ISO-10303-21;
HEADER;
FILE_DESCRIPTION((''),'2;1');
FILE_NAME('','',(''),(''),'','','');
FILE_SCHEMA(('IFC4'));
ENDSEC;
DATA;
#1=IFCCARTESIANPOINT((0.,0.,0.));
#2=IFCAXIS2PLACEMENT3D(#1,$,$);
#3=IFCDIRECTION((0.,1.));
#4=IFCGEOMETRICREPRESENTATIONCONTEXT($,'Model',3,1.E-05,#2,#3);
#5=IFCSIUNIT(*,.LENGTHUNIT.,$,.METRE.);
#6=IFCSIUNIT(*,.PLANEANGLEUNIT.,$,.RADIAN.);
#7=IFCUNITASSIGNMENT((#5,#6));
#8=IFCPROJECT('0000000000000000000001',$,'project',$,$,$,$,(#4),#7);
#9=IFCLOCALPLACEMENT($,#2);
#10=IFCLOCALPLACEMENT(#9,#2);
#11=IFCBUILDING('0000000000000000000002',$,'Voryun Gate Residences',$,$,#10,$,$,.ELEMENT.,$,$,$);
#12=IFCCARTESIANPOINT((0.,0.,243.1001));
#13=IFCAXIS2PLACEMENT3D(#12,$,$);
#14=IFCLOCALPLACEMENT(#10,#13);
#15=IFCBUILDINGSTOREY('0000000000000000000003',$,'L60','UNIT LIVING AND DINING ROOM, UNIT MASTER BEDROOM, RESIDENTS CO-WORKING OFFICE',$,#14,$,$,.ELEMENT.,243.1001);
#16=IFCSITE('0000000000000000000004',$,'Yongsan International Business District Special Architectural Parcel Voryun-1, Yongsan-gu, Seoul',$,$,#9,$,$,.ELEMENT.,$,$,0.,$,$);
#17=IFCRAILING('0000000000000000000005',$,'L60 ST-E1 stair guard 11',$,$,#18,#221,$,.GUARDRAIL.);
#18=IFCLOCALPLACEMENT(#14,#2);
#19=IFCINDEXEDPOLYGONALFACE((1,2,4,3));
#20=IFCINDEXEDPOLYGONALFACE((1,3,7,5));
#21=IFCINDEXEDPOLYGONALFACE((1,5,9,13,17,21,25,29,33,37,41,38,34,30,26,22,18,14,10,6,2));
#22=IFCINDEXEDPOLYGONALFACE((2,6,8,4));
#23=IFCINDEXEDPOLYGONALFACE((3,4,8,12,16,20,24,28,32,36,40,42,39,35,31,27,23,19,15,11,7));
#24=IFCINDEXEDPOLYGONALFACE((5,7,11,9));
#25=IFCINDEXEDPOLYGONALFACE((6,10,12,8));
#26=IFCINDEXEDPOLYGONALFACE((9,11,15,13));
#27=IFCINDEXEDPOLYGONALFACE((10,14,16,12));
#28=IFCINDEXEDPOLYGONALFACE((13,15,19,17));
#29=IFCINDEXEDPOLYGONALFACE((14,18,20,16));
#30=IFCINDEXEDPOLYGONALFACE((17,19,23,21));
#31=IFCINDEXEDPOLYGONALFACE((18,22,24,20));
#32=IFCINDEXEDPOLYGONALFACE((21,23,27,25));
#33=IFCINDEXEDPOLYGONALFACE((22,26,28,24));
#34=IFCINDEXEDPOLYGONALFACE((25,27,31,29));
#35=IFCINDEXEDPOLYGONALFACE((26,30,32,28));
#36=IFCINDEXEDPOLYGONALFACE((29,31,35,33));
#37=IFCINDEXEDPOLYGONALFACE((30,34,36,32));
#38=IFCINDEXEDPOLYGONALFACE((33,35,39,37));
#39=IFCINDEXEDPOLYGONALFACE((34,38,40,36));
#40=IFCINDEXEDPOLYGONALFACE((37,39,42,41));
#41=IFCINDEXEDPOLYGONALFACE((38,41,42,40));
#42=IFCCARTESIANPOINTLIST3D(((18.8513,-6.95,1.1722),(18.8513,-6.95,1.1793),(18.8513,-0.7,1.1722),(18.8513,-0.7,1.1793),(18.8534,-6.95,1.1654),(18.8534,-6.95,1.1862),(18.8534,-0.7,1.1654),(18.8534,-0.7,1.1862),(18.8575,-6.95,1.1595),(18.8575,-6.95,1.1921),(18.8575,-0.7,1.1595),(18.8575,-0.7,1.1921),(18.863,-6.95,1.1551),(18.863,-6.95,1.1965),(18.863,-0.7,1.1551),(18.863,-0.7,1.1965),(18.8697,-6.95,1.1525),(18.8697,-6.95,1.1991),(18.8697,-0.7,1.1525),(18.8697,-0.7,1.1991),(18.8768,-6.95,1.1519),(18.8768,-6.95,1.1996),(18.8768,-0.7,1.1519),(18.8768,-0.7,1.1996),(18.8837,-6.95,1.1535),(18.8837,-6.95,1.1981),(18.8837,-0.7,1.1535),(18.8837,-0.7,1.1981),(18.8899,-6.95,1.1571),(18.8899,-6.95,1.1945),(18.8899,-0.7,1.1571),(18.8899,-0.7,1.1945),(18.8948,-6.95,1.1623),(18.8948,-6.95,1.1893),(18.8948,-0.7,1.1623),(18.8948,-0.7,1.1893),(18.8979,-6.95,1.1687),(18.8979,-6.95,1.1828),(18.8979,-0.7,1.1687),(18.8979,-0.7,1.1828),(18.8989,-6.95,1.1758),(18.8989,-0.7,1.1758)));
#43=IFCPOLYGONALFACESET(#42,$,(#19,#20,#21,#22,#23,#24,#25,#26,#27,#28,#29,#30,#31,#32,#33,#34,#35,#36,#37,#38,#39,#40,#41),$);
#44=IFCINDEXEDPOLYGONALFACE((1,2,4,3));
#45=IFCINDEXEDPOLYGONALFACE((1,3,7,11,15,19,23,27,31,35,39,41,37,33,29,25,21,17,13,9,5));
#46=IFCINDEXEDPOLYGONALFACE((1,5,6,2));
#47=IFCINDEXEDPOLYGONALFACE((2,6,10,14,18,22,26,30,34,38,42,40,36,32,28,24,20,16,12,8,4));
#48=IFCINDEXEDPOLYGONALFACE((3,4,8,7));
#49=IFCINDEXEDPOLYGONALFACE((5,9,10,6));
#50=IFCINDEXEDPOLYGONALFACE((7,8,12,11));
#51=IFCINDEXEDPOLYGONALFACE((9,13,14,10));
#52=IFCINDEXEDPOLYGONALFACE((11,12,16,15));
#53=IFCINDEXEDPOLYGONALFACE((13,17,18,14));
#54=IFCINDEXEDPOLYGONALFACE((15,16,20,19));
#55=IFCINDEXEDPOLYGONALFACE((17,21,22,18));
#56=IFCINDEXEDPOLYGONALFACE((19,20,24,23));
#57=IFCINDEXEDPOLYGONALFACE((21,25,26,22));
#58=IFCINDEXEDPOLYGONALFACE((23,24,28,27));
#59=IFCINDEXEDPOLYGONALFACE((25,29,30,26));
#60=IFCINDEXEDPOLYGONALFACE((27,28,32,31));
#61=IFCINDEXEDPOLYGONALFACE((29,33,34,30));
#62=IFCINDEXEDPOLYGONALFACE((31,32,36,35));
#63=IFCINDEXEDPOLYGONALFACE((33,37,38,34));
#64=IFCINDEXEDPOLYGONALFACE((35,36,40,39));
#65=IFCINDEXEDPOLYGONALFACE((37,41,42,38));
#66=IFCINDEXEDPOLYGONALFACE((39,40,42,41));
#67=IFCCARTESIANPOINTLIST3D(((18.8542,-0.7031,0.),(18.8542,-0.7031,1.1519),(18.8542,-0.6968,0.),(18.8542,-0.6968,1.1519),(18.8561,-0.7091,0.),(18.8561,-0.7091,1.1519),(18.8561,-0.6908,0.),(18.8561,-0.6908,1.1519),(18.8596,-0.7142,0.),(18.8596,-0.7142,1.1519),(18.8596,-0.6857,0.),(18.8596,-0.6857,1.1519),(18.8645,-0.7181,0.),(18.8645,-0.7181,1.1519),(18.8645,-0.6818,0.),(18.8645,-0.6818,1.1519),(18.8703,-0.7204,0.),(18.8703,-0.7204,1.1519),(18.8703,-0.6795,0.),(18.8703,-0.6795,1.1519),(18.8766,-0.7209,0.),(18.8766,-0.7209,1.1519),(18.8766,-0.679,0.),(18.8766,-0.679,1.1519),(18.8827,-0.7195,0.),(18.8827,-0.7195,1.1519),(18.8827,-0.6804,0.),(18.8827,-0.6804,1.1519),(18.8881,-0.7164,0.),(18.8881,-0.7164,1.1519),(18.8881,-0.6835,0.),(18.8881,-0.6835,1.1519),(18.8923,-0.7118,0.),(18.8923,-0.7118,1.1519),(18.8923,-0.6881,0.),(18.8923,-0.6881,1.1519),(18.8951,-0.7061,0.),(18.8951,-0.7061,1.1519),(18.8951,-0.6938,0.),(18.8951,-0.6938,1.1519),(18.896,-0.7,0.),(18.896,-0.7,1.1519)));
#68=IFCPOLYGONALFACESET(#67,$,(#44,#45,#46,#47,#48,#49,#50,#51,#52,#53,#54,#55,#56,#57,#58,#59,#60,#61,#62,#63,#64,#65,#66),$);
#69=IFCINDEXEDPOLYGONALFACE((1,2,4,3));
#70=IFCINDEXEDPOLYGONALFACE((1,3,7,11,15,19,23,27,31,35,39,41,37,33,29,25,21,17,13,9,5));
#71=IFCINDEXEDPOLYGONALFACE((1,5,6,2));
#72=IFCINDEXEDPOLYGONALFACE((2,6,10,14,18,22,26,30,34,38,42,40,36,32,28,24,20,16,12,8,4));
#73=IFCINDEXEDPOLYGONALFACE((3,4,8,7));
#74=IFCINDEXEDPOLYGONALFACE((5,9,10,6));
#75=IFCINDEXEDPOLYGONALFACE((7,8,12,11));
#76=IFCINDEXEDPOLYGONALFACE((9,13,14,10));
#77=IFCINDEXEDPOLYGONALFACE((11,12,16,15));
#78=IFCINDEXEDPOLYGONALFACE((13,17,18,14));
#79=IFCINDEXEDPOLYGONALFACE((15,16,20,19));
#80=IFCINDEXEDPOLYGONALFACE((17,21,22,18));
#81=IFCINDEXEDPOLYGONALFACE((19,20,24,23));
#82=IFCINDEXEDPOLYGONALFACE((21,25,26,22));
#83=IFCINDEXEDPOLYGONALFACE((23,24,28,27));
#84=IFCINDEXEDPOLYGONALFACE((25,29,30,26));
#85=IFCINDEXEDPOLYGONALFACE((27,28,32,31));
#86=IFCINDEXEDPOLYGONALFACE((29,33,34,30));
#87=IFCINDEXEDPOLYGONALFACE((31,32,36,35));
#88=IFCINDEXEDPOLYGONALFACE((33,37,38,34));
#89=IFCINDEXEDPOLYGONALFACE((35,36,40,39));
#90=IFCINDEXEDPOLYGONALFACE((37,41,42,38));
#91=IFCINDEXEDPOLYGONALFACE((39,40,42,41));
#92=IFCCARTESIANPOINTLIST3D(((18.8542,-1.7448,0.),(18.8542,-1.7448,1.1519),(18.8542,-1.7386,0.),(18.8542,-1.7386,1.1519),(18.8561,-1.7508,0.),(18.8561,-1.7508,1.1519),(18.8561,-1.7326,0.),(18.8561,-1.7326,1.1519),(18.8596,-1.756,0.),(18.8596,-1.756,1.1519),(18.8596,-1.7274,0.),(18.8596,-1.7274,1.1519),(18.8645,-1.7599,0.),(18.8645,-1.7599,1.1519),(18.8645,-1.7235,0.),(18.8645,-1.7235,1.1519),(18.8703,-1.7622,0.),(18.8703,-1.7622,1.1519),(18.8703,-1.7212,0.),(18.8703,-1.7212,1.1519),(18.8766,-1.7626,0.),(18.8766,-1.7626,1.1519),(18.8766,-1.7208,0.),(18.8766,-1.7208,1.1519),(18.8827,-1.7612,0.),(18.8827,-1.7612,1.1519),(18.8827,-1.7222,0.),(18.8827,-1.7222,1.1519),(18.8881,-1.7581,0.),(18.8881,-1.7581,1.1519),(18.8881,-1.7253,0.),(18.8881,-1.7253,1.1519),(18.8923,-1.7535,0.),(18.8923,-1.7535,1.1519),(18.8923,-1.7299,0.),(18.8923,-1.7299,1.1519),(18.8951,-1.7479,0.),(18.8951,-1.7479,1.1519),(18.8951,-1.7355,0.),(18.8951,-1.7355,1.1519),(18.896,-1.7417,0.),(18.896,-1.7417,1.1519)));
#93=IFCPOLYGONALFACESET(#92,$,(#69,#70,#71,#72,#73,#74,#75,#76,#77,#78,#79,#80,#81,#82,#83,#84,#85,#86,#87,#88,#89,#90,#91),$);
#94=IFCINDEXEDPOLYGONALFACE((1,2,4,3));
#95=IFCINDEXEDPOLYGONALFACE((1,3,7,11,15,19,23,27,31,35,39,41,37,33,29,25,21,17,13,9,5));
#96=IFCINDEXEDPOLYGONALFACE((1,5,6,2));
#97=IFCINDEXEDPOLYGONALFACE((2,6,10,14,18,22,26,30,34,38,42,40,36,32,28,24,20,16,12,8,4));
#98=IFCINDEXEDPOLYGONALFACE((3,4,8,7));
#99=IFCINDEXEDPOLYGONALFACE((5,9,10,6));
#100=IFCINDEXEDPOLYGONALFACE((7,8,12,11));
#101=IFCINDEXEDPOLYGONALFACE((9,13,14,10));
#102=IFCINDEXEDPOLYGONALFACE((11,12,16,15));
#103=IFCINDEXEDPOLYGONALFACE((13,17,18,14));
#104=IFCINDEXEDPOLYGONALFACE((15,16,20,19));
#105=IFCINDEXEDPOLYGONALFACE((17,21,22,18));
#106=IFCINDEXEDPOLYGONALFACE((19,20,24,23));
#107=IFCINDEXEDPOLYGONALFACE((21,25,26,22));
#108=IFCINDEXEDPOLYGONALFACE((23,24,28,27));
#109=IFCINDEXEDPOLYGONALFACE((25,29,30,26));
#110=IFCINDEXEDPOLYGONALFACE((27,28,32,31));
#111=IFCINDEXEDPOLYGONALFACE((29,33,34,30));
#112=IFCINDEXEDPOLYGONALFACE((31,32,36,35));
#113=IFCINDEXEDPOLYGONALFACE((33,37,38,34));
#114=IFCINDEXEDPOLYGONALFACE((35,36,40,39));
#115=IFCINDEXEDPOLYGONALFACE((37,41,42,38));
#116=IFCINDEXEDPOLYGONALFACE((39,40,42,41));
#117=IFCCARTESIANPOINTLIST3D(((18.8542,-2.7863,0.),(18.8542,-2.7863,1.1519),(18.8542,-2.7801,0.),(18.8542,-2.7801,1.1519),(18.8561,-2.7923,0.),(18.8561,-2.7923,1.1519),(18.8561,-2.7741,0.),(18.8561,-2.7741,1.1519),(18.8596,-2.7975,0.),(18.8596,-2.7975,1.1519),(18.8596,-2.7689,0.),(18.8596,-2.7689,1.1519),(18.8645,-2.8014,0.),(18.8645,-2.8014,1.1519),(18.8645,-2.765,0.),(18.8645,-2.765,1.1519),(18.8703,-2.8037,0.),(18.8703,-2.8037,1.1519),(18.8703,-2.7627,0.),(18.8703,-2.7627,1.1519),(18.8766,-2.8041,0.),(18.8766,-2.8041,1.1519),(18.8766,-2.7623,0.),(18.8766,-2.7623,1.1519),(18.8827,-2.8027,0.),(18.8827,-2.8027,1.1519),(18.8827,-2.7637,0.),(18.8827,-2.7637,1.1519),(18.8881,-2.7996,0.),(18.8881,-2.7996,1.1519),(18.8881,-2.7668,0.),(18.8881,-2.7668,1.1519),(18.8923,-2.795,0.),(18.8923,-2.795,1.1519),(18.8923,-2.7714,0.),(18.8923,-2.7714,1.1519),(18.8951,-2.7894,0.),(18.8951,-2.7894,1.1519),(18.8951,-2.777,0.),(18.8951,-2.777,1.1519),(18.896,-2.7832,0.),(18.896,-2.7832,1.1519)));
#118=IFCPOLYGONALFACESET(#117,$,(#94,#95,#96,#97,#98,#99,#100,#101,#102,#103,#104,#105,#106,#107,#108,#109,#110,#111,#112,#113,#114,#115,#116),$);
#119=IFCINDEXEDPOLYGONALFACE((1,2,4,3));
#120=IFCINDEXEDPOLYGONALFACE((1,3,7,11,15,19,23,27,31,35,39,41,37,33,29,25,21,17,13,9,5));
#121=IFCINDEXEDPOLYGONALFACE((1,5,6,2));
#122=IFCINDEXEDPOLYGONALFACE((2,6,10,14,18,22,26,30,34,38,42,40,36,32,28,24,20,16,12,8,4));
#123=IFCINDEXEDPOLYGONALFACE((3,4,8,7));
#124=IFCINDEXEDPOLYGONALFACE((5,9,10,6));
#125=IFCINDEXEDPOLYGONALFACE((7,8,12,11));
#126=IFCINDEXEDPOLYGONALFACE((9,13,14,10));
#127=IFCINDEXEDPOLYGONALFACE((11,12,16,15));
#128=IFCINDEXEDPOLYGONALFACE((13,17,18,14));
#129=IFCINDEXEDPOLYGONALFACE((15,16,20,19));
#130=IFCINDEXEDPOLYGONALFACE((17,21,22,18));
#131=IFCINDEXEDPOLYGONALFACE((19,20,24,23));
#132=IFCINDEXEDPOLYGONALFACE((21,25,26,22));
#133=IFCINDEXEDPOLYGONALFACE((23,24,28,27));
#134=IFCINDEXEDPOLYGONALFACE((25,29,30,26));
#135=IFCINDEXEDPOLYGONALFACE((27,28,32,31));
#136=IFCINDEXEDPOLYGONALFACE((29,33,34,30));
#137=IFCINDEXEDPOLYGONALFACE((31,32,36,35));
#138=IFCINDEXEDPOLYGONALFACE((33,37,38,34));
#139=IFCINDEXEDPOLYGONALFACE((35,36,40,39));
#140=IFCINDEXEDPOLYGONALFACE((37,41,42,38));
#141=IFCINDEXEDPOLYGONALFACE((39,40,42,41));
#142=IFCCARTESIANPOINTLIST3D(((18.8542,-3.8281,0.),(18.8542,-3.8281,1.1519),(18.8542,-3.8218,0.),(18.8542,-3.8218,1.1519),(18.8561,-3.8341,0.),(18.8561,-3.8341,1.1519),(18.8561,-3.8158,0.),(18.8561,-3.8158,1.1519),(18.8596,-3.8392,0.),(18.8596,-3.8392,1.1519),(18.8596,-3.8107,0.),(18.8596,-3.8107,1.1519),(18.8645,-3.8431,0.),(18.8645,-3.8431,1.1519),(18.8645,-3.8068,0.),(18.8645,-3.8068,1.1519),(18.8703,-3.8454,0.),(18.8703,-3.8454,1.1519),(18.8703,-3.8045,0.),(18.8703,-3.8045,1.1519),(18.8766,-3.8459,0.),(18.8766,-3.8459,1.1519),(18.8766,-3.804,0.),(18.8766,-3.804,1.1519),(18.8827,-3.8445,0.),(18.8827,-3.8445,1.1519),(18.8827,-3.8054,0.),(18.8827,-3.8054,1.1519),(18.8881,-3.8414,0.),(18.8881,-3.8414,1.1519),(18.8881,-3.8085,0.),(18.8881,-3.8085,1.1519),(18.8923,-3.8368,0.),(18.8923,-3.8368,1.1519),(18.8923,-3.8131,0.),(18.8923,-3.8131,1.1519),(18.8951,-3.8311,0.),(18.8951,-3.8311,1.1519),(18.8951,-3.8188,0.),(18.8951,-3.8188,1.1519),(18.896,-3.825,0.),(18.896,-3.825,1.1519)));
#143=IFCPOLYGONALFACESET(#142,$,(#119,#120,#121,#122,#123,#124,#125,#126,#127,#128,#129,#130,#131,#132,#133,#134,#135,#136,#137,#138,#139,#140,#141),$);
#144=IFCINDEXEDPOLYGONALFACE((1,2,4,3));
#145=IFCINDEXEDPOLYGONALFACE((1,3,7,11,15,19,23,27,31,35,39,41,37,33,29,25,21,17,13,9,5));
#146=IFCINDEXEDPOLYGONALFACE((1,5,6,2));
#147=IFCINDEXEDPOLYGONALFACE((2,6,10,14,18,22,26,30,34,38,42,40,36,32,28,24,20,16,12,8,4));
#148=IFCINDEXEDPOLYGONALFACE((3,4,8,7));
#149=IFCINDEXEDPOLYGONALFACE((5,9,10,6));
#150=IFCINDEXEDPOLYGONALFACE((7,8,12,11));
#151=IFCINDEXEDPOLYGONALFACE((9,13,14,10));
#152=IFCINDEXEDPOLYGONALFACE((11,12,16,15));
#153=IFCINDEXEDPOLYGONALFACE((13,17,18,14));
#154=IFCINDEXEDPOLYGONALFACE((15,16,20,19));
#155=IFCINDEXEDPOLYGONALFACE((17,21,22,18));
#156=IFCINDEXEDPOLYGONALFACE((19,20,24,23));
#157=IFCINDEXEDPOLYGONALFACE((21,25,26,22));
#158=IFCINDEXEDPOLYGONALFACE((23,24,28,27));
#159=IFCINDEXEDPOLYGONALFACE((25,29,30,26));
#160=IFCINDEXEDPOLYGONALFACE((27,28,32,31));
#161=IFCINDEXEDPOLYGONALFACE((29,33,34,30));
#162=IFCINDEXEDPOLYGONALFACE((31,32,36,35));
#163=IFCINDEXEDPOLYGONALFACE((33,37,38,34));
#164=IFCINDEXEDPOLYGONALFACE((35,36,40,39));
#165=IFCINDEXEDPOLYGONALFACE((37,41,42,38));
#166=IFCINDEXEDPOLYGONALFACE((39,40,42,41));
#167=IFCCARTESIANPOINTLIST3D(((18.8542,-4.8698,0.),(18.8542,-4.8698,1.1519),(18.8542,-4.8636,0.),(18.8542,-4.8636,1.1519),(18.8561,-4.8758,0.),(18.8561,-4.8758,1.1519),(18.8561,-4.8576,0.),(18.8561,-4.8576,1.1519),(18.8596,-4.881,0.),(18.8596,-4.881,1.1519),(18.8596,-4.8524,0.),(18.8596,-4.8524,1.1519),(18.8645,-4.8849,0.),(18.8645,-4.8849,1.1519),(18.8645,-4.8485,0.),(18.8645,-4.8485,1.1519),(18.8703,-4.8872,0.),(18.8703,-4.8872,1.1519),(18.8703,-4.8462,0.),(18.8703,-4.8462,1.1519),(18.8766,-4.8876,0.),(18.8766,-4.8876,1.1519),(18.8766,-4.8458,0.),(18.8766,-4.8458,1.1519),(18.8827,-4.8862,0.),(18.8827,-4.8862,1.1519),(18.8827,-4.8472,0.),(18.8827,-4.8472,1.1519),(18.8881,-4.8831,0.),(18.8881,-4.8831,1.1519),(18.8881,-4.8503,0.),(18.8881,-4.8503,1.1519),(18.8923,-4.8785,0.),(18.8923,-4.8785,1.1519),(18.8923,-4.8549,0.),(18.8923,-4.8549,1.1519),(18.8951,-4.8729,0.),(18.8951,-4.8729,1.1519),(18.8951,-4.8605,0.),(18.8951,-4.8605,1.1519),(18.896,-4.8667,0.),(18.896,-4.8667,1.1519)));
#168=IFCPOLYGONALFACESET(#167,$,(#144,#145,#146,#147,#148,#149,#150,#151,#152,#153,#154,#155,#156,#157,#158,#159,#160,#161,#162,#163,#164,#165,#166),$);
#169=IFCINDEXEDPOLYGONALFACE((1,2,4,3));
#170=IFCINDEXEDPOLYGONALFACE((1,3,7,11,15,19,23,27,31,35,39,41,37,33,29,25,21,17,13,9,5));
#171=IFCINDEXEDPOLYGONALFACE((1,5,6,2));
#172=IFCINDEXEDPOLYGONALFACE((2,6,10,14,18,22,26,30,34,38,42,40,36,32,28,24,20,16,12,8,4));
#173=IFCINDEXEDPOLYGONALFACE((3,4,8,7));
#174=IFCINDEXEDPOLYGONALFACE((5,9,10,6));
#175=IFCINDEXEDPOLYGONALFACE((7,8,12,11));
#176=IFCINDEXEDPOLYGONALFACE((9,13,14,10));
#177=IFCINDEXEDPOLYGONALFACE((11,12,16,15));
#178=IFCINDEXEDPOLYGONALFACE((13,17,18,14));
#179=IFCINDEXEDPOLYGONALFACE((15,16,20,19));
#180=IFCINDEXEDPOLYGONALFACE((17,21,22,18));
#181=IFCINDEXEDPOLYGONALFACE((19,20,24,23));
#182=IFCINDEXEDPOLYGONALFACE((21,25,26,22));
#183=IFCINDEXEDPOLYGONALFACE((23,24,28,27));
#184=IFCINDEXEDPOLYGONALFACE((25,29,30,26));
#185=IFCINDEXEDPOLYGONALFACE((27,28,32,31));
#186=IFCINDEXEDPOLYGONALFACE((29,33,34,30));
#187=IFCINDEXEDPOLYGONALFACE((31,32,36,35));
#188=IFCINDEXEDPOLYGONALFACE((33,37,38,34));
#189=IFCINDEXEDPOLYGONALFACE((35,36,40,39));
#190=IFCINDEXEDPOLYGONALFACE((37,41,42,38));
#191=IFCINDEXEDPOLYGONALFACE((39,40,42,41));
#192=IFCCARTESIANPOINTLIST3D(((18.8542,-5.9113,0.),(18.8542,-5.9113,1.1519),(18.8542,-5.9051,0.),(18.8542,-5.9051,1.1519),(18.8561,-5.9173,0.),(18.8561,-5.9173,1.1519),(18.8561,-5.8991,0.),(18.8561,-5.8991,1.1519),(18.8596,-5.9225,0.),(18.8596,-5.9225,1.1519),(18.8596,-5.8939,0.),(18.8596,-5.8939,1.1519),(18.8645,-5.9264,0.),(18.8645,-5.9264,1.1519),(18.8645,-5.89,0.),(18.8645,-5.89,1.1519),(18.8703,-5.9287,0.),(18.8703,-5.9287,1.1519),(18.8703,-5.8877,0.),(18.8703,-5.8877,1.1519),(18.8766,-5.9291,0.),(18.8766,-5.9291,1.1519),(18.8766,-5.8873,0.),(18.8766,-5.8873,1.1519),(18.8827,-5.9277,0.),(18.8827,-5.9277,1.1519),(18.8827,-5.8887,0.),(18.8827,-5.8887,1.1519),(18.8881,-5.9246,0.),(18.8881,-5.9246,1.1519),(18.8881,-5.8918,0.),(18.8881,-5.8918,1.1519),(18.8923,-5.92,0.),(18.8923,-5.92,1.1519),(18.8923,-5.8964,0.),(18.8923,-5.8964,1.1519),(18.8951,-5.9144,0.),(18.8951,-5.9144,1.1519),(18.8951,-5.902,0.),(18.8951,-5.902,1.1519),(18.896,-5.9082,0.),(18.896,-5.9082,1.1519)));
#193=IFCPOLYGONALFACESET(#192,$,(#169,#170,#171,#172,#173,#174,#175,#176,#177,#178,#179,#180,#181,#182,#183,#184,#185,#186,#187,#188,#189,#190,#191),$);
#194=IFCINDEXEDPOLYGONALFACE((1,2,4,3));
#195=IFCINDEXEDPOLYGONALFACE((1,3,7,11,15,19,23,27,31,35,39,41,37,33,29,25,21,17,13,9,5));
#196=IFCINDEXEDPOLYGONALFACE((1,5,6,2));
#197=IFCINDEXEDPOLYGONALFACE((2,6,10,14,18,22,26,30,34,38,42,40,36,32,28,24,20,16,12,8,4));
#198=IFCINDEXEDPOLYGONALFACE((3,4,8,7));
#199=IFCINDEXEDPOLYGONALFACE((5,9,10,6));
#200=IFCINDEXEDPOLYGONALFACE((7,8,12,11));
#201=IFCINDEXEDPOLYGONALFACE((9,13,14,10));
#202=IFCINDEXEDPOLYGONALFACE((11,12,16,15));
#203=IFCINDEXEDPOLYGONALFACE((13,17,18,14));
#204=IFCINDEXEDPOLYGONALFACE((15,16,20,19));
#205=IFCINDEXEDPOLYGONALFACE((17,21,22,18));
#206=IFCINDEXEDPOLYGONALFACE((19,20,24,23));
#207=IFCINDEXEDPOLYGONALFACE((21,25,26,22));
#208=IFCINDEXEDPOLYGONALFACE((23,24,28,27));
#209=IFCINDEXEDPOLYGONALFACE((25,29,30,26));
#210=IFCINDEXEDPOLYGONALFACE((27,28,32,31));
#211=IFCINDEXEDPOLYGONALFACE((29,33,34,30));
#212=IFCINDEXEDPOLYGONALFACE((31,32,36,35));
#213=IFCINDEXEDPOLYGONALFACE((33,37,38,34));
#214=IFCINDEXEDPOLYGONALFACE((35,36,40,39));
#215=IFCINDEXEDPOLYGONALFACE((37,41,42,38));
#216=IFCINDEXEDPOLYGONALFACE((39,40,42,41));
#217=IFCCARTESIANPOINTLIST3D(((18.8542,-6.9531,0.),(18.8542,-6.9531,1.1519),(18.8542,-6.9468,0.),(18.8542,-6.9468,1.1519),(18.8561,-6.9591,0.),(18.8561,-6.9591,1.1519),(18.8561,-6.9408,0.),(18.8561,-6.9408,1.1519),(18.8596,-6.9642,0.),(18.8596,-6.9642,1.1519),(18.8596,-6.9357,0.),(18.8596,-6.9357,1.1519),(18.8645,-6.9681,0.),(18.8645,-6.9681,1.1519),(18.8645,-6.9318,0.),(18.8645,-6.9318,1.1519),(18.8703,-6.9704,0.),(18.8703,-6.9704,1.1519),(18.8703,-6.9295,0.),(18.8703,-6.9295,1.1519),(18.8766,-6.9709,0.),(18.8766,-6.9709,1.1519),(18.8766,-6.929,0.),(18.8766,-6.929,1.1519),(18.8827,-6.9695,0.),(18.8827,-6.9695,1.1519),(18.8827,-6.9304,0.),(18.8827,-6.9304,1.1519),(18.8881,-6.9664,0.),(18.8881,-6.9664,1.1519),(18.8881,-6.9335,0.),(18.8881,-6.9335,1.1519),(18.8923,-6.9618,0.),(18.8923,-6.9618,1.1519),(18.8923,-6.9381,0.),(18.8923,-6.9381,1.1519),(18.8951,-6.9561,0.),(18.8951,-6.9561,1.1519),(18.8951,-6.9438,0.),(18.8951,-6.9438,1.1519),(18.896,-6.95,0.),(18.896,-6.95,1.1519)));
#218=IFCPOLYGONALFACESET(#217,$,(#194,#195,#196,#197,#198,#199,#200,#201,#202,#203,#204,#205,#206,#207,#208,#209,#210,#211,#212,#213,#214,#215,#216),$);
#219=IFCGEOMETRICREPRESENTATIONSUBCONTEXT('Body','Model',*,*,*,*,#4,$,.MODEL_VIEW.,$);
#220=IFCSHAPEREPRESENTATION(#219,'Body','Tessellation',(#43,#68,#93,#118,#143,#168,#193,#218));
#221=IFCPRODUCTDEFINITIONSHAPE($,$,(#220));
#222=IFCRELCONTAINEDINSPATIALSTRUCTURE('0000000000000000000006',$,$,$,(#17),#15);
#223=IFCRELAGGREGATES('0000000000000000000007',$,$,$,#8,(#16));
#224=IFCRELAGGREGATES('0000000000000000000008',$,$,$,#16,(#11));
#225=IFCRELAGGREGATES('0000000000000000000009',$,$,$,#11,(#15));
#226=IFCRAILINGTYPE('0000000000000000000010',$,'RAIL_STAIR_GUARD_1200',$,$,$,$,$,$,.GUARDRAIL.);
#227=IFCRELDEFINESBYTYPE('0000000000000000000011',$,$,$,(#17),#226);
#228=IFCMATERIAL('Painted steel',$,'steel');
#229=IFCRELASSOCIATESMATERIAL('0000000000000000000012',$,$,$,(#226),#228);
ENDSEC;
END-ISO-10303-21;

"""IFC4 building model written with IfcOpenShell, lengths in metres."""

from ifc_helpers import new_model, si_unit, direction, frame, origin, origin_2d, place, context, subcontext, project, spatial, circle, extrude, material, type_object, element, save


model = new_model("IFC4")

# Units and contexts
model_context = context("Model", 3, precision=1e-05, world=origin(), true_north=direction((0.0, 1.0)))
body_context = subcontext(model_context, "Body", "Model", "MODEL_VIEW")
ifc_project = project(units=[si_unit("LENGTHUNIT", "METRE"), si_unit("PLANEANGLEUNIT", "RADIAN")], contexts=[model_context])

# Site, building, storey
site_placement = place(None, origin())
site = spatial("IfcSite", under=ifc_project, at=site_placement, Name="Yongsan International Business District Special Architectural Parcel Voryun-1, Yongsan-gu, Seoul", CompositionType="ELEMENT", RefElevation=0.0)
building_placement = place(site_placement, origin())
building = spatial("IfcBuilding", under=site, at=building_placement, Name="Voryun Gate Residences", CompositionType="ELEMENT")
storey_placement = place(building_placement, frame((0.0, 0.0, 243.1001)))
storey = spatial("IfcBuildingStorey", under=building, at=storey_placement, Name="L60", Description="UNIT LIVING AND DINING ROOM, UNIT MASTER BEDROOM, RESIDENTS CO-WORKING OFFICE", CompositionType="ELEMENT", Elevation=243.1001)

# Railing
ifc_material_1 = material(Name="Painted steel", Category="steel")
railing_type = type_object("IfcRailingType", Name="RAIL_STAIR_GUARD_1200", PredefinedType="GUARDRAIL", material=ifc_material_1)
railing_1_placement = place(storey_placement, frame((18.875, -0.7, 0.0)))
element("IfcRailing", 1, at=railing_1_placement, inside=storey, type_object=railing_type, Name="L60 ST-E1 stair guard 11", PredefinedType="GUARDRAIL", context=body_context, shape_type="SweptSolid", body=[
    extrude(circle(Radius=0.0239, at=origin_2d()), frame((0.0, 0.0, 1.1758), z_axis=(0.0, -1.0, 0.0), x_axis=(1.0, 0.0, 0.0)), (0.0, 0.0, 1.0), 6.25),
    extrude(circle(Radius=0.021, at=origin_2d()), origin(), (0.0, 0.0, 1.0), 1.1519),
    extrude(circle(Radius=0.021, at=origin_2d()), frame((0.0, -1.0417, 0.0)), (0.0, 0.0, 1.0), 1.1519),
    extrude(circle(Radius=0.021, at=origin_2d()), frame((0.0, -2.0833, 0.0)), (0.0, 0.0, 1.0), 1.1519),
    extrude(circle(Radius=0.021, at=origin_2d()), frame((0.0, -3.125, 0.0)), (0.0, 0.0, 1.0), 1.1519),
    extrude(circle(Radius=0.021, at=origin_2d()), frame((0.0, -4.1667, 0.0)), (0.0, 0.0, 1.0), 1.1519),
    extrude(circle(Radius=0.021, at=origin_2d()), frame((0.0, -5.2083, 0.0)), (0.0, 0.0, 1.0), 1.1519),
    extrude(circle(Radius=0.021, at=origin_2d()), frame((0.0, -6.25, 0.0)), (0.0, 0.0, 1.0), 1.1519),
])

save(model, "model.ifc")
